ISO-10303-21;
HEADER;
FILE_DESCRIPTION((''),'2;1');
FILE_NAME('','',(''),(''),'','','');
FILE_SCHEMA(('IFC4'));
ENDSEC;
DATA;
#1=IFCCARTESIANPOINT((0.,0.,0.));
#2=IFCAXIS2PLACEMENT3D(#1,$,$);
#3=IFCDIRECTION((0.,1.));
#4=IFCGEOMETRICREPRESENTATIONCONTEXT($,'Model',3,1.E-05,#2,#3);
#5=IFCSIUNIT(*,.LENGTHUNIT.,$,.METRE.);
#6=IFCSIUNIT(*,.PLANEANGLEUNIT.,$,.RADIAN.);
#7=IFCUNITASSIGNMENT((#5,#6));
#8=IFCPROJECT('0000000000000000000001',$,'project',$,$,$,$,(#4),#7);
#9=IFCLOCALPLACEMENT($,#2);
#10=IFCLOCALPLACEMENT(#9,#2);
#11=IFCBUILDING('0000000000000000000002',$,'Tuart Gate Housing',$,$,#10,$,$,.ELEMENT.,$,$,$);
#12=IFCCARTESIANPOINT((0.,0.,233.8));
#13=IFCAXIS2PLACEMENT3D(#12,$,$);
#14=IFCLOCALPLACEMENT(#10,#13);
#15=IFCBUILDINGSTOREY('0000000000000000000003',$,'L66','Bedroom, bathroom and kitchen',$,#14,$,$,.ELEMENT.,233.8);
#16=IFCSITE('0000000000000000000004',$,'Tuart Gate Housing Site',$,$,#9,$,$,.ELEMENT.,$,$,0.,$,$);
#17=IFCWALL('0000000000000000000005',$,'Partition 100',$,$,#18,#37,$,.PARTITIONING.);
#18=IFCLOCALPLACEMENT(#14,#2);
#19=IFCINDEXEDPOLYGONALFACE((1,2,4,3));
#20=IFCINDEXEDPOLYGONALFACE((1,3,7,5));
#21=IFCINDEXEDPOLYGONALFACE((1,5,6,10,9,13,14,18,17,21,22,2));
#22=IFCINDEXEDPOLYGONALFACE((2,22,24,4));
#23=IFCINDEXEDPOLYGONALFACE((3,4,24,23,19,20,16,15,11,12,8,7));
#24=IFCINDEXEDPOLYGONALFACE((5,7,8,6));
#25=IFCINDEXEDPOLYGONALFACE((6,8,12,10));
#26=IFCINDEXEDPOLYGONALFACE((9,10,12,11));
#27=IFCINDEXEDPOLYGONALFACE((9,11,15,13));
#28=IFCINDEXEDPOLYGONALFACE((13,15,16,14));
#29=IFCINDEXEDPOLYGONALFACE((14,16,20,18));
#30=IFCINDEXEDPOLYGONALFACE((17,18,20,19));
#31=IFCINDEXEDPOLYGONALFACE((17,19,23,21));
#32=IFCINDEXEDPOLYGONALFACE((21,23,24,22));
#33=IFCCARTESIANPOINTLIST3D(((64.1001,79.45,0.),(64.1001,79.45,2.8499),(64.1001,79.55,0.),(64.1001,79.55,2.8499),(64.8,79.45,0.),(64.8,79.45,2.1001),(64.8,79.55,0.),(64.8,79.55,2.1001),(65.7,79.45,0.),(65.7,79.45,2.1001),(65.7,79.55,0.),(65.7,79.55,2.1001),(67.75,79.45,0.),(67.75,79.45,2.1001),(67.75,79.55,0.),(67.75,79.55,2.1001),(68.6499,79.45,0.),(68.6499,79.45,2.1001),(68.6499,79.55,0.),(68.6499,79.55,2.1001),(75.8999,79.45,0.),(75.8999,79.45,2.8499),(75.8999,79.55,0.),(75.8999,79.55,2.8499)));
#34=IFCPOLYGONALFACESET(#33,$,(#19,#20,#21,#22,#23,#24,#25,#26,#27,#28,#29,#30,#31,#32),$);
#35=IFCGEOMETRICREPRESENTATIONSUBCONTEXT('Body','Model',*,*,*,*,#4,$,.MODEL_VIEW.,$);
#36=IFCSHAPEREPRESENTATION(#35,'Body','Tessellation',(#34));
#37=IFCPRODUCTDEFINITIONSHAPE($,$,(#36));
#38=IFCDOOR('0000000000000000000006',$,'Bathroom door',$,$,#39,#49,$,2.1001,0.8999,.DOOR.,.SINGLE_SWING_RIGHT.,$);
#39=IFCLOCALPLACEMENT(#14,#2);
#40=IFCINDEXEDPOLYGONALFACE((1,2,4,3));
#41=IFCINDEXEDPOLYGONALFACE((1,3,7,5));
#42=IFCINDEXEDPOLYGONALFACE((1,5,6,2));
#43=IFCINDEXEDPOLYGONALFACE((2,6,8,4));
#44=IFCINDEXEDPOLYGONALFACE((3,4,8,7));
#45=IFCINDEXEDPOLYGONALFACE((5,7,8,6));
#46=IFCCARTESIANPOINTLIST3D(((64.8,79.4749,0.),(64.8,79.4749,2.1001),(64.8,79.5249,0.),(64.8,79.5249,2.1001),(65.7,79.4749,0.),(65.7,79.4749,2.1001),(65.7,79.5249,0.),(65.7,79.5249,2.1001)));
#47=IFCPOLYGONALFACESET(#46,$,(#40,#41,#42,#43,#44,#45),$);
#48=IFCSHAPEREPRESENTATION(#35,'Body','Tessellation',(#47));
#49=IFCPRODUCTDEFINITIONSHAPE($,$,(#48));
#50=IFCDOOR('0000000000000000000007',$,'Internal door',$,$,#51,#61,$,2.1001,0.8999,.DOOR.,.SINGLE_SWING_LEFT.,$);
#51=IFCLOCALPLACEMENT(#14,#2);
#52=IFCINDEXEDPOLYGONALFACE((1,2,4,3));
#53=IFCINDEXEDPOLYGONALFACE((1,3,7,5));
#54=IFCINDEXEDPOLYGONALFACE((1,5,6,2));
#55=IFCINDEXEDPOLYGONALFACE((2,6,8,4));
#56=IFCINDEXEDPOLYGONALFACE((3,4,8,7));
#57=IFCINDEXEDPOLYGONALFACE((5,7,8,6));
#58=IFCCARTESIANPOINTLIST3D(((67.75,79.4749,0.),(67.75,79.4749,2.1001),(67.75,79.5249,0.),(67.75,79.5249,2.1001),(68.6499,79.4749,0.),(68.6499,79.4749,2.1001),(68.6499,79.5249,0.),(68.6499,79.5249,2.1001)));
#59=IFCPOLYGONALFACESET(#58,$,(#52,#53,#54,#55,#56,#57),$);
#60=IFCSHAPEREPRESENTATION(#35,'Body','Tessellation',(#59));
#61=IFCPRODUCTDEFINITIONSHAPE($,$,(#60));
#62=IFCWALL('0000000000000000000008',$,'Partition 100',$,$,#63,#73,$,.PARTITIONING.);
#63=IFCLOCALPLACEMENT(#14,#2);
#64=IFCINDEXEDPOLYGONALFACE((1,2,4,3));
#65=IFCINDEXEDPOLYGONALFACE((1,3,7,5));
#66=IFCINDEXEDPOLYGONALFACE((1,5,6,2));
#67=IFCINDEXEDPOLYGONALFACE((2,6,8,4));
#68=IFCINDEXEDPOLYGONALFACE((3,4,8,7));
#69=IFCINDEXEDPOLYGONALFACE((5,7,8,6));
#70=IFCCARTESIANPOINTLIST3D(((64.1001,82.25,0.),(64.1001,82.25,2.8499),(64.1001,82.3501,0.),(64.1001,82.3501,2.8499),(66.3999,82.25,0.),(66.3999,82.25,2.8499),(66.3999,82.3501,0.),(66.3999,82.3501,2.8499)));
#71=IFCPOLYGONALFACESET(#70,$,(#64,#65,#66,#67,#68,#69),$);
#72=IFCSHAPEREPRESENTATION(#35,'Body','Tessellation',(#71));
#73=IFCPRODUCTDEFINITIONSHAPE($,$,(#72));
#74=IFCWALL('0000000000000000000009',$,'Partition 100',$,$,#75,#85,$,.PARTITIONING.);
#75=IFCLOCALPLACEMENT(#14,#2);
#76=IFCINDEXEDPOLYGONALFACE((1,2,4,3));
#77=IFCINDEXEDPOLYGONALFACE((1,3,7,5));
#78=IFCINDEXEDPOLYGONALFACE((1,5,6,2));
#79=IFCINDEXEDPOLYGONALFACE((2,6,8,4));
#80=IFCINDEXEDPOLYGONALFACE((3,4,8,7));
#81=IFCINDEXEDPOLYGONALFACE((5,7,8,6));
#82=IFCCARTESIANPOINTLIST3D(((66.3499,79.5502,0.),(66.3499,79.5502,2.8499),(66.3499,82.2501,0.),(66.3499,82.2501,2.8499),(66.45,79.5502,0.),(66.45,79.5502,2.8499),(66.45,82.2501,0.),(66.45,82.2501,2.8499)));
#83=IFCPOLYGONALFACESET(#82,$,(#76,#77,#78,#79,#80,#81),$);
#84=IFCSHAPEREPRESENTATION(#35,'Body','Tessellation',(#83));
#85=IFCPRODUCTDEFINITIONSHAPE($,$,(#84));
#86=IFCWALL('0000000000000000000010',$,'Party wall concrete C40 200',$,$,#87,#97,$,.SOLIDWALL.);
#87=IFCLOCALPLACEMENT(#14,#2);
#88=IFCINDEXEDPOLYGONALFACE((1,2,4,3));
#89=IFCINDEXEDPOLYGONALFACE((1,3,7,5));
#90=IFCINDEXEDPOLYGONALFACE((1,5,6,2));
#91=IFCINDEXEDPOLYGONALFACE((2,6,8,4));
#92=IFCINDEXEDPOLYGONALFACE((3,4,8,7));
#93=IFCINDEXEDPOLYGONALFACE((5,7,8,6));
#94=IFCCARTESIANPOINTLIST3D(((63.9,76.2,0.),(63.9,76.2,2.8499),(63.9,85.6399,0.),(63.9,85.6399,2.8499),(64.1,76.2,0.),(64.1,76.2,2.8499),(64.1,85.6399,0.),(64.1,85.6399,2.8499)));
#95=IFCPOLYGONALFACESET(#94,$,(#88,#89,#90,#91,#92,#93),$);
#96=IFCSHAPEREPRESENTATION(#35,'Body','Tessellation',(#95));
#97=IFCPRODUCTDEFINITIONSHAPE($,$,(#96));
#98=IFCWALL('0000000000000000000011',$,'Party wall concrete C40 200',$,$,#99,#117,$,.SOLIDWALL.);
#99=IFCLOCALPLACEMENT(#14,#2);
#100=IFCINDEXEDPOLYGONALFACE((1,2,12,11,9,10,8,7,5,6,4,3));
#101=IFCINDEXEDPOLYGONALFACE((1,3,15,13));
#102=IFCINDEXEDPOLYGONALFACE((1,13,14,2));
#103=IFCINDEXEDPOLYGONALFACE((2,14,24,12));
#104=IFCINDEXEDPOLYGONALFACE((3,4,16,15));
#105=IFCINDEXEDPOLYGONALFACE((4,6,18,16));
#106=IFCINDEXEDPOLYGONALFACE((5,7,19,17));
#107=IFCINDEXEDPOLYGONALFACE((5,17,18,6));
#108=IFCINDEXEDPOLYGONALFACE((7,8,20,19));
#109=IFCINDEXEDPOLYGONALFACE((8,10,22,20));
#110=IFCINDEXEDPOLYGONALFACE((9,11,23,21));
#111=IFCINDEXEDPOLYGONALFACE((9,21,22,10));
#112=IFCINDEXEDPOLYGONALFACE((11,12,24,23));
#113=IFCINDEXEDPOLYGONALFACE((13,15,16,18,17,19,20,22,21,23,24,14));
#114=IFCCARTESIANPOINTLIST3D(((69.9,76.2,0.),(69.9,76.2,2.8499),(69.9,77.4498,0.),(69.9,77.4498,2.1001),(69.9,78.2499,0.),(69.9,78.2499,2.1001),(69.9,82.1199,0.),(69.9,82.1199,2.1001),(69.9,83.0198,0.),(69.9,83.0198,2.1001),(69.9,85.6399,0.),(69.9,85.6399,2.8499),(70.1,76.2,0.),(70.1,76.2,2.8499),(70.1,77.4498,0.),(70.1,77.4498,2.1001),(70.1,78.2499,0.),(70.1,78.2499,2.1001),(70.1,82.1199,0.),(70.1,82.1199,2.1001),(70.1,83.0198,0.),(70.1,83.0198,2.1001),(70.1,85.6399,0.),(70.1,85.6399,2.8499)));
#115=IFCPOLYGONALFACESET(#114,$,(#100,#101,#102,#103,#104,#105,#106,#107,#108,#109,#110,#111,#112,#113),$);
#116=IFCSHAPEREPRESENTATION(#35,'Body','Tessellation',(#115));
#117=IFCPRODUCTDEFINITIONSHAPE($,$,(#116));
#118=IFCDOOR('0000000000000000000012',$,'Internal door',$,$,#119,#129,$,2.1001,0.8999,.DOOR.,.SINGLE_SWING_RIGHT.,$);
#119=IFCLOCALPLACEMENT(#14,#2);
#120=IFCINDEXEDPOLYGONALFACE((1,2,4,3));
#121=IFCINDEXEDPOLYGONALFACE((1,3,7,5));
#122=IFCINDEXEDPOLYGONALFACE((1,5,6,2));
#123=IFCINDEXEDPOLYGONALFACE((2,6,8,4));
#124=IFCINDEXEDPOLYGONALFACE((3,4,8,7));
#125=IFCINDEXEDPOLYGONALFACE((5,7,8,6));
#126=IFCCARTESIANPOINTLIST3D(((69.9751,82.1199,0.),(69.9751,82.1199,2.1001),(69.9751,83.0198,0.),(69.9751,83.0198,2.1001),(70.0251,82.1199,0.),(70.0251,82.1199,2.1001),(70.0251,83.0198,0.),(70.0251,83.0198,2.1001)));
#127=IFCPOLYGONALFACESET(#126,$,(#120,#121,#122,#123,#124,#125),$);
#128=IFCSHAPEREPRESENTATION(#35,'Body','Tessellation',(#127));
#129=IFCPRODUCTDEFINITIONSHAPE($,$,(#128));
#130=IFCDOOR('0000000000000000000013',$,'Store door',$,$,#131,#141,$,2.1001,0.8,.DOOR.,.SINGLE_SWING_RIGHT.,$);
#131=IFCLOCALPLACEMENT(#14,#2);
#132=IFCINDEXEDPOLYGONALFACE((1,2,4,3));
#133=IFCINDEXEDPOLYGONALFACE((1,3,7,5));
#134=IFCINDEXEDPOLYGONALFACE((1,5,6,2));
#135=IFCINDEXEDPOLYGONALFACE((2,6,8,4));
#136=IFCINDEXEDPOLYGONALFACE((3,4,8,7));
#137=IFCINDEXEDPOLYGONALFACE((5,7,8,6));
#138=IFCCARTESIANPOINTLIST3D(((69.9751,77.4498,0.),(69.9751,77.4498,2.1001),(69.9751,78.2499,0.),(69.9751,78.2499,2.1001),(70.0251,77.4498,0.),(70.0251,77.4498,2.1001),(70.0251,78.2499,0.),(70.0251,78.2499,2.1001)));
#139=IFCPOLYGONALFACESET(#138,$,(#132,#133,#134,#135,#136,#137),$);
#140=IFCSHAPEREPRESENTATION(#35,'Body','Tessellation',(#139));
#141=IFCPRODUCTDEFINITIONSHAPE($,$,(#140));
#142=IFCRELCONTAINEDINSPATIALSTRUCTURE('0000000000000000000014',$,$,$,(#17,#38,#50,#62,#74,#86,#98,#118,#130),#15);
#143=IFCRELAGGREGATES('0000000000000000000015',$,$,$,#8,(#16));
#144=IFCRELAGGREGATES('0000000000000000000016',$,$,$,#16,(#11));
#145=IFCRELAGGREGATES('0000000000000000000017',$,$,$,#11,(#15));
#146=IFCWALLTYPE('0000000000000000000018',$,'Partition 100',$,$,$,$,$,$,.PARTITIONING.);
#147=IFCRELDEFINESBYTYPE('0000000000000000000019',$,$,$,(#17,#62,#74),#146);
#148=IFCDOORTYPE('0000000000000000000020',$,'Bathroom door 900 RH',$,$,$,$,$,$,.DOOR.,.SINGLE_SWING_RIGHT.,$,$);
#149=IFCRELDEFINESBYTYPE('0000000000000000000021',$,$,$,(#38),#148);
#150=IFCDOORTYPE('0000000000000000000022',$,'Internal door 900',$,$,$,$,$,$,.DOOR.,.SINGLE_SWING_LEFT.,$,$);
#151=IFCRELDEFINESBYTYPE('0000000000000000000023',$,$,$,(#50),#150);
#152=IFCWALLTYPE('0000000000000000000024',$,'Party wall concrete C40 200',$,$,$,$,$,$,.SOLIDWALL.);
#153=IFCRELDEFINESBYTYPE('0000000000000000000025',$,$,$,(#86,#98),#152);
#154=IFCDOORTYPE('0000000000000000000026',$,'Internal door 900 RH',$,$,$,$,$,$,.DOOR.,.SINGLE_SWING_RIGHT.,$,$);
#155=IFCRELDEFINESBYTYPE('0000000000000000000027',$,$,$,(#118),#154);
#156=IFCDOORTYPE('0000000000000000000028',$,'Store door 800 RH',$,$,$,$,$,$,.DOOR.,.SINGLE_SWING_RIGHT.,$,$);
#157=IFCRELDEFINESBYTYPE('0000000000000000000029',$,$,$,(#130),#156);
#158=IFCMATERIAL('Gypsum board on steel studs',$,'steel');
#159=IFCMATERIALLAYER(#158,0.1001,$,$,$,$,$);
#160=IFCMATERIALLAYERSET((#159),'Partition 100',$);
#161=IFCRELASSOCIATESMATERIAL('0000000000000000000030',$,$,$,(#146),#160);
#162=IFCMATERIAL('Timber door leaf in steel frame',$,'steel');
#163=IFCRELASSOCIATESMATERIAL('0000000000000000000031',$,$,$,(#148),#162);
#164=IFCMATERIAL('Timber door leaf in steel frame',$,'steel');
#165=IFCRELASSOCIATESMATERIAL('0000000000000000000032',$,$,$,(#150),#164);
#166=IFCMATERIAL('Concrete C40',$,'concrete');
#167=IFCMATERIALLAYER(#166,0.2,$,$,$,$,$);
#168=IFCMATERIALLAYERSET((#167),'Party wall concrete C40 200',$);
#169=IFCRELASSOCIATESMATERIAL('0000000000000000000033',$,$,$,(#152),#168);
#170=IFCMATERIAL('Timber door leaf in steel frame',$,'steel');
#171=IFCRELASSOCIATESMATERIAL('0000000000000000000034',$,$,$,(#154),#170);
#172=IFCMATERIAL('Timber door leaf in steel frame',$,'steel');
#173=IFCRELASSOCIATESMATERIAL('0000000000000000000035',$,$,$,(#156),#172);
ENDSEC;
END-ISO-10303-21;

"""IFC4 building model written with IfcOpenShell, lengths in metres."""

from ifc_helpers import new_model, si_unit, direction, frame, frame_2d, origin, place, context, subcontext, project, spatial, rectangle, extrude, material, layer, layer_set, type_object, element, fill, save


model = new_model("IFC4")

# Units and contexts
model_context = context("Model", 3, precision=1e-05, world=origin(), true_north=direction((0.0, 1.0)))
body_context = subcontext(model_context, "Body", "Model", "MODEL_VIEW")
ifc_project = project(units=[si_unit("LENGTHUNIT", "METRE"), si_unit("PLANEANGLEUNIT", "RADIAN")], contexts=[model_context])

# Site, building, storey
site_placement = place(None, origin())
site = spatial("IfcSite", under=ifc_project, at=site_placement, Name="Tuart Gate Housing Site", CompositionType="ELEMENT", RefElevation=0.0)
building_placement = place(site_placement, origin())
building = spatial("IfcBuilding", under=site, at=building_placement, Name="Tuart Gate Housing", CompositionType="ELEMENT")
storey_placement = place(building_placement, frame((0.0, 0.0, 233.8)))
storey = spatial("IfcBuildingStorey", under=building, at=storey_placement, Name="L66", Description="Bedroom, bathroom and kitchen", CompositionType="ELEMENT", Elevation=233.8)

# Wall, openings, doors
ifc_material_1 = material(Name="Gypsum board on steel studs", Category="steel")
ifc_layer_1 = layer(ifc_material_1, 0.1001)
ifc_layer_set_1 = layer_set([ifc_layer_1], Name="Partition 100")
wall_type_1 = type_object("IfcWallType", Name="Partition 100", PredefinedType="PARTITIONING", material=ifc_layer_set_1)
wall_1_placement = place(storey_placement, frame((64.1001, 79.5, 0.0), z_axis=(0.0, 0.0, 1.0), x_axis=(1.0, 0.0, 0.0)))
wall_1 = element("IfcWall", 1, at=wall_1_placement, inside=storey, type_object=wall_type_1, Name="Partition 100", PredefinedType="PARTITIONING", context=body_context, shape_type="SweptSolid", body=[
    extrude(rectangle(XDim=11.7998, YDim=0.1001, at=frame_2d((5.8999, 0.0))), origin(), (0.0, 0.0, 1.0), 2.8499),
])
opening_1_placement = place(wall_1_placement, frame((3.6499, 0.0, 0.0)))
opening_1 = element("IfcOpeningElement", 2, at=opening_1_placement, cuts=wall_1, PredefinedType="OPENING", context=body_context, shape_type="SweptSolid", body=[
    extrude(rectangle(XDim=0.8999, YDim=2.1001, at=frame_2d((0.45, 1.05))), frame((0.0, 0.0601, 0.0), z_axis=(0.0, -1.0, 0.0), x_axis=(1.0, 0.0, 0.0)), (0.0, 0.0, 1.0), 0.1201),
])
opening_2_placement = place(wall_1_placement, frame((0.7, 0.0, 0.0)))
opening_2 = element("IfcOpeningElement", 3, at=opening_2_placement, cuts=wall_1, PredefinedType="OPENING", context=body_context, shape_type="SweptSolid", body=[
    extrude(rectangle(XDim=0.8999, YDim=2.1001, at=frame_2d((0.45, 1.05))), frame((0.0, 0.0601, 0.0), z_axis=(0.0, -1.0, 0.0), x_axis=(1.0, 0.0, 0.0)), (0.0, 0.0, 1.0), 0.1201),
])
ifc_material_2 = material(Name="Timber door leaf in steel frame", Category="steel")
door_type_1 = type_object("IfcDoorType", Name="Bathroom door 900 RH", OperationType="SINGLE_SWING_RIGHT", PredefinedType="DOOR", material=ifc_material_2)
door_1_placement = place(opening_2_placement, origin())
door_1 = element("IfcDoor", 4, at=door_1_placement, inside=storey, type_object=door_type_1, Name="Bathroom door", OperationType="SINGLE_SWING_RIGHT", OverallHeight=2.1001, OverallWidth=0.8999, PredefinedType="DOOR", context=body_context, shape_type="SweptSolid", body=[
    extrude(rectangle(XDim=0.8999, YDim=2.1001, at=frame_2d((0.45, 1.05))), frame((0.0, 0.0249, 0.0), z_axis=(0.0, -1.0, 0.0), x_axis=(1.0, 0.0, 0.0)), (0.0, 0.0, 1.0), 0.05),
])
fill(opening_2, door_1)
ifc_material_3 = material(Name="Timber door leaf in steel frame", Category="steel")
door_type_2 = type_object("IfcDoorType", Name="Internal door 900", OperationType="SINGLE_SWING_LEFT", PredefinedType="DOOR", material=ifc_material_3)
door_2_placement = place(opening_1_placement, frame((0.8999, 0.0, 0.0), z_axis=(0.0, 0.0, 1.0), x_axis=(-1.0, 0.0, 0.0)))
door_2 = element("IfcDoor", 5, at=door_2_placement, inside=storey, type_object=door_type_2, Name="Internal door", OperationType="SINGLE_SWING_LEFT", OverallHeight=2.1001, OverallWidth=0.8999, PredefinedType="DOOR", context=body_context, shape_type="SweptSolid", body=[
    extrude(rectangle(XDim=0.8999, YDim=2.1001, at=frame_2d((0.45, 1.05))), frame((0.0, 0.0251, 0.0), z_axis=(0.0, -1.0, 0.0), x_axis=(1.0, 0.0, 0.0)), (0.0, 0.0, 1.0), 0.05),
])
fill(opening_1, door_2)

# Walls
wall_2_placement = place(storey_placement, frame((64.1001, 82.3, 0.0), z_axis=(0.0, 0.0, 1.0), x_axis=(1.0, 0.0, 0.0)))
element("IfcWall", 6, at=wall_2_placement, inside=storey, type_object=wall_type_1, Name="Partition 100", PredefinedType="PARTITIONING", context=body_context, shape_type="SweptSolid", body=[
    extrude(rectangle(XDim=2.2998, YDim=0.1001, at=frame_2d((1.1499, 0.0))), origin(), (0.0, 0.0, 1.0), 2.8499),
])
wall_3_placement = place(storey_placement, frame((66.3999, 79.55, 0.0), z_axis=(0.0, 0.0, 1.0), x_axis=(0.0, 1.0, 0.0)))
element("IfcWall", 7, at=wall_3_placement, inside=storey, type_object=wall_type_1, Name="Partition 100", PredefinedType="PARTITIONING", context=body_context, shape_type="SweptSolid", body=[
    extrude(rectangle(XDim=2.7, YDim=0.1001, at=frame_2d((1.3501, 0.0))), origin(), (0.0, 0.0, 1.0), 2.8499),
])
ifc_material_4 = material(Name="Concrete C40", Category="concrete")
ifc_layer_2 = layer(ifc_material_4, 0.2)
ifc_layer_set_2 = layer_set([ifc_layer_2], Name="Party wall concrete C40 200")
wall_type_2 = type_object("IfcWallType", Name="Party wall concrete C40 200", PredefinedType="SOLIDWALL", material=ifc_layer_set_2)
wall_4_placement = place(storey_placement, frame((64.0, 76.2, 0.0), z_axis=(0.0, 0.0, 1.0), x_axis=(0.0, 1.0, 0.0)))
element("IfcWall", 8, at=wall_4_placement, inside=storey, type_object=wall_type_2, Name="Party wall concrete C40 200", PredefinedType="SOLIDWALL", context=body_context, shape_type="SweptSolid", body=[
    extrude(rectangle(XDim=9.4399, YDim=0.2, at=frame_2d((4.72, 0.0))), origin(), (0.0, 0.0, 1.0), 2.8499),
])

# Wall, openings, doors
wall_5_placement = place(storey_placement, frame((70.0, 76.2, 0.0), z_axis=(0.0, 0.0, 1.0), x_axis=(0.0, 1.0, 0.0)))
wall_5 = element("IfcWall", 9, at=wall_5_placement, inside=storey, type_object=wall_type_2, Name="Party wall concrete C40 200", PredefinedType="SOLIDWALL", context=body_context, shape_type="SweptSolid", body=[
    extrude(rectangle(XDim=9.4399, YDim=0.2, at=frame_2d((4.72, 0.0))), origin(), (0.0, 0.0, 1.0), 2.8499),
])
opening_3_placement = place(wall_5_placement, frame((5.9199, 0.0, 0.0)))
opening_3 = element("IfcOpeningElement", 10, at=opening_3_placement, cuts=wall_5, PredefinedType="OPENING", context=body_context, shape_type="SweptSolid", body=[
    extrude(rectangle(XDim=0.8999, YDim=2.1001, at=frame_2d((0.45, 1.05))), frame((0.0, 0.1099, 0.0), z_axis=(0.0, -1.0, 0.0), x_axis=(1.0, 0.0, 0.0)), (0.0, 0.0, 1.0), 0.22),
])
opening_4_placement = place(wall_5_placement, frame((1.25, 0.0, 0.0)))
opening_4 = element("IfcOpeningElement", 11, at=opening_4_placement, cuts=wall_5, PredefinedType="OPENING", context=body_context, shape_type="SweptSolid", body=[
    extrude(rectangle(XDim=0.8, YDim=2.1001, at=frame_2d((0.3999, 1.05))), frame((0.0, 0.1099, 0.0), z_axis=(0.0, -1.0, 0.0), x_axis=(1.0, 0.0, 0.0)), (0.0, 0.0, 1.0), 0.22),
])
ifc_material_5 = material(Name="Timber door leaf in steel frame", Category="steel")
door_type_3 = type_object("IfcDoorType", Name="Internal door 900 RH", OperationType="SINGLE_SWING_RIGHT", PredefinedType="DOOR", material=ifc_material_5)
door_3_placement = place(opening_3_placement, frame((0.8999, 0.0, 0.0), z_axis=(0.0, 0.0, 1.0), x_axis=(-1.0, 0.0, 0.0)))
door_3 = element("IfcDoor", 12, at=door_3_placement, inside=storey, type_object=door_type_3, Name="Internal door", OperationType="SINGLE_SWING_RIGHT", OverallHeight=2.1001, OverallWidth=0.8999, PredefinedType="DOOR", context=body_context, shape_type="SweptSolid", body=[
    extrude(rectangle(XDim=0.8999, YDim=2.1001, at=frame_2d((0.45, 1.05))), frame((0.0, 0.0251, 0.0), z_axis=(0.0, -1.0, 0.0), x_axis=(1.0, 0.0, 0.0)), (0.0, 0.0, 1.0), 0.05),
])
fill(opening_3, door_3)
ifc_material_6 = material(Name="Timber door leaf in steel frame", Category="steel")
door_type_4 = type_object("IfcDoorType", Name="Store door 800 RH", OperationType="SINGLE_SWING_RIGHT", PredefinedType="DOOR", material=ifc_material_6)
door_4_placement = place(opening_4_placement, frame((0.8, 0.0, 0.0), z_axis=(0.0, 0.0, 1.0), x_axis=(-1.0, 0.0, 0.0)))
door_4 = element("IfcDoor", 13, at=door_4_placement, inside=storey, type_object=door_type_4, Name="Store door", OperationType="SINGLE_SWING_RIGHT", OverallHeight=2.1001, OverallWidth=0.8, PredefinedType="DOOR", context=body_context, shape_type="SweptSolid", body=[
    extrude(rectangle(XDim=0.8, YDim=2.1001, at=frame_2d((0.4001, 1.05))), frame((0.0, 0.0251, 0.0), z_axis=(0.0, -1.0, 0.0), x_axis=(1.0, 0.0, 0.0)), (0.0, 0.0, 1.0), 0.05),
])
fill(opening_4, door_4)

save(model, "model.ifc")
